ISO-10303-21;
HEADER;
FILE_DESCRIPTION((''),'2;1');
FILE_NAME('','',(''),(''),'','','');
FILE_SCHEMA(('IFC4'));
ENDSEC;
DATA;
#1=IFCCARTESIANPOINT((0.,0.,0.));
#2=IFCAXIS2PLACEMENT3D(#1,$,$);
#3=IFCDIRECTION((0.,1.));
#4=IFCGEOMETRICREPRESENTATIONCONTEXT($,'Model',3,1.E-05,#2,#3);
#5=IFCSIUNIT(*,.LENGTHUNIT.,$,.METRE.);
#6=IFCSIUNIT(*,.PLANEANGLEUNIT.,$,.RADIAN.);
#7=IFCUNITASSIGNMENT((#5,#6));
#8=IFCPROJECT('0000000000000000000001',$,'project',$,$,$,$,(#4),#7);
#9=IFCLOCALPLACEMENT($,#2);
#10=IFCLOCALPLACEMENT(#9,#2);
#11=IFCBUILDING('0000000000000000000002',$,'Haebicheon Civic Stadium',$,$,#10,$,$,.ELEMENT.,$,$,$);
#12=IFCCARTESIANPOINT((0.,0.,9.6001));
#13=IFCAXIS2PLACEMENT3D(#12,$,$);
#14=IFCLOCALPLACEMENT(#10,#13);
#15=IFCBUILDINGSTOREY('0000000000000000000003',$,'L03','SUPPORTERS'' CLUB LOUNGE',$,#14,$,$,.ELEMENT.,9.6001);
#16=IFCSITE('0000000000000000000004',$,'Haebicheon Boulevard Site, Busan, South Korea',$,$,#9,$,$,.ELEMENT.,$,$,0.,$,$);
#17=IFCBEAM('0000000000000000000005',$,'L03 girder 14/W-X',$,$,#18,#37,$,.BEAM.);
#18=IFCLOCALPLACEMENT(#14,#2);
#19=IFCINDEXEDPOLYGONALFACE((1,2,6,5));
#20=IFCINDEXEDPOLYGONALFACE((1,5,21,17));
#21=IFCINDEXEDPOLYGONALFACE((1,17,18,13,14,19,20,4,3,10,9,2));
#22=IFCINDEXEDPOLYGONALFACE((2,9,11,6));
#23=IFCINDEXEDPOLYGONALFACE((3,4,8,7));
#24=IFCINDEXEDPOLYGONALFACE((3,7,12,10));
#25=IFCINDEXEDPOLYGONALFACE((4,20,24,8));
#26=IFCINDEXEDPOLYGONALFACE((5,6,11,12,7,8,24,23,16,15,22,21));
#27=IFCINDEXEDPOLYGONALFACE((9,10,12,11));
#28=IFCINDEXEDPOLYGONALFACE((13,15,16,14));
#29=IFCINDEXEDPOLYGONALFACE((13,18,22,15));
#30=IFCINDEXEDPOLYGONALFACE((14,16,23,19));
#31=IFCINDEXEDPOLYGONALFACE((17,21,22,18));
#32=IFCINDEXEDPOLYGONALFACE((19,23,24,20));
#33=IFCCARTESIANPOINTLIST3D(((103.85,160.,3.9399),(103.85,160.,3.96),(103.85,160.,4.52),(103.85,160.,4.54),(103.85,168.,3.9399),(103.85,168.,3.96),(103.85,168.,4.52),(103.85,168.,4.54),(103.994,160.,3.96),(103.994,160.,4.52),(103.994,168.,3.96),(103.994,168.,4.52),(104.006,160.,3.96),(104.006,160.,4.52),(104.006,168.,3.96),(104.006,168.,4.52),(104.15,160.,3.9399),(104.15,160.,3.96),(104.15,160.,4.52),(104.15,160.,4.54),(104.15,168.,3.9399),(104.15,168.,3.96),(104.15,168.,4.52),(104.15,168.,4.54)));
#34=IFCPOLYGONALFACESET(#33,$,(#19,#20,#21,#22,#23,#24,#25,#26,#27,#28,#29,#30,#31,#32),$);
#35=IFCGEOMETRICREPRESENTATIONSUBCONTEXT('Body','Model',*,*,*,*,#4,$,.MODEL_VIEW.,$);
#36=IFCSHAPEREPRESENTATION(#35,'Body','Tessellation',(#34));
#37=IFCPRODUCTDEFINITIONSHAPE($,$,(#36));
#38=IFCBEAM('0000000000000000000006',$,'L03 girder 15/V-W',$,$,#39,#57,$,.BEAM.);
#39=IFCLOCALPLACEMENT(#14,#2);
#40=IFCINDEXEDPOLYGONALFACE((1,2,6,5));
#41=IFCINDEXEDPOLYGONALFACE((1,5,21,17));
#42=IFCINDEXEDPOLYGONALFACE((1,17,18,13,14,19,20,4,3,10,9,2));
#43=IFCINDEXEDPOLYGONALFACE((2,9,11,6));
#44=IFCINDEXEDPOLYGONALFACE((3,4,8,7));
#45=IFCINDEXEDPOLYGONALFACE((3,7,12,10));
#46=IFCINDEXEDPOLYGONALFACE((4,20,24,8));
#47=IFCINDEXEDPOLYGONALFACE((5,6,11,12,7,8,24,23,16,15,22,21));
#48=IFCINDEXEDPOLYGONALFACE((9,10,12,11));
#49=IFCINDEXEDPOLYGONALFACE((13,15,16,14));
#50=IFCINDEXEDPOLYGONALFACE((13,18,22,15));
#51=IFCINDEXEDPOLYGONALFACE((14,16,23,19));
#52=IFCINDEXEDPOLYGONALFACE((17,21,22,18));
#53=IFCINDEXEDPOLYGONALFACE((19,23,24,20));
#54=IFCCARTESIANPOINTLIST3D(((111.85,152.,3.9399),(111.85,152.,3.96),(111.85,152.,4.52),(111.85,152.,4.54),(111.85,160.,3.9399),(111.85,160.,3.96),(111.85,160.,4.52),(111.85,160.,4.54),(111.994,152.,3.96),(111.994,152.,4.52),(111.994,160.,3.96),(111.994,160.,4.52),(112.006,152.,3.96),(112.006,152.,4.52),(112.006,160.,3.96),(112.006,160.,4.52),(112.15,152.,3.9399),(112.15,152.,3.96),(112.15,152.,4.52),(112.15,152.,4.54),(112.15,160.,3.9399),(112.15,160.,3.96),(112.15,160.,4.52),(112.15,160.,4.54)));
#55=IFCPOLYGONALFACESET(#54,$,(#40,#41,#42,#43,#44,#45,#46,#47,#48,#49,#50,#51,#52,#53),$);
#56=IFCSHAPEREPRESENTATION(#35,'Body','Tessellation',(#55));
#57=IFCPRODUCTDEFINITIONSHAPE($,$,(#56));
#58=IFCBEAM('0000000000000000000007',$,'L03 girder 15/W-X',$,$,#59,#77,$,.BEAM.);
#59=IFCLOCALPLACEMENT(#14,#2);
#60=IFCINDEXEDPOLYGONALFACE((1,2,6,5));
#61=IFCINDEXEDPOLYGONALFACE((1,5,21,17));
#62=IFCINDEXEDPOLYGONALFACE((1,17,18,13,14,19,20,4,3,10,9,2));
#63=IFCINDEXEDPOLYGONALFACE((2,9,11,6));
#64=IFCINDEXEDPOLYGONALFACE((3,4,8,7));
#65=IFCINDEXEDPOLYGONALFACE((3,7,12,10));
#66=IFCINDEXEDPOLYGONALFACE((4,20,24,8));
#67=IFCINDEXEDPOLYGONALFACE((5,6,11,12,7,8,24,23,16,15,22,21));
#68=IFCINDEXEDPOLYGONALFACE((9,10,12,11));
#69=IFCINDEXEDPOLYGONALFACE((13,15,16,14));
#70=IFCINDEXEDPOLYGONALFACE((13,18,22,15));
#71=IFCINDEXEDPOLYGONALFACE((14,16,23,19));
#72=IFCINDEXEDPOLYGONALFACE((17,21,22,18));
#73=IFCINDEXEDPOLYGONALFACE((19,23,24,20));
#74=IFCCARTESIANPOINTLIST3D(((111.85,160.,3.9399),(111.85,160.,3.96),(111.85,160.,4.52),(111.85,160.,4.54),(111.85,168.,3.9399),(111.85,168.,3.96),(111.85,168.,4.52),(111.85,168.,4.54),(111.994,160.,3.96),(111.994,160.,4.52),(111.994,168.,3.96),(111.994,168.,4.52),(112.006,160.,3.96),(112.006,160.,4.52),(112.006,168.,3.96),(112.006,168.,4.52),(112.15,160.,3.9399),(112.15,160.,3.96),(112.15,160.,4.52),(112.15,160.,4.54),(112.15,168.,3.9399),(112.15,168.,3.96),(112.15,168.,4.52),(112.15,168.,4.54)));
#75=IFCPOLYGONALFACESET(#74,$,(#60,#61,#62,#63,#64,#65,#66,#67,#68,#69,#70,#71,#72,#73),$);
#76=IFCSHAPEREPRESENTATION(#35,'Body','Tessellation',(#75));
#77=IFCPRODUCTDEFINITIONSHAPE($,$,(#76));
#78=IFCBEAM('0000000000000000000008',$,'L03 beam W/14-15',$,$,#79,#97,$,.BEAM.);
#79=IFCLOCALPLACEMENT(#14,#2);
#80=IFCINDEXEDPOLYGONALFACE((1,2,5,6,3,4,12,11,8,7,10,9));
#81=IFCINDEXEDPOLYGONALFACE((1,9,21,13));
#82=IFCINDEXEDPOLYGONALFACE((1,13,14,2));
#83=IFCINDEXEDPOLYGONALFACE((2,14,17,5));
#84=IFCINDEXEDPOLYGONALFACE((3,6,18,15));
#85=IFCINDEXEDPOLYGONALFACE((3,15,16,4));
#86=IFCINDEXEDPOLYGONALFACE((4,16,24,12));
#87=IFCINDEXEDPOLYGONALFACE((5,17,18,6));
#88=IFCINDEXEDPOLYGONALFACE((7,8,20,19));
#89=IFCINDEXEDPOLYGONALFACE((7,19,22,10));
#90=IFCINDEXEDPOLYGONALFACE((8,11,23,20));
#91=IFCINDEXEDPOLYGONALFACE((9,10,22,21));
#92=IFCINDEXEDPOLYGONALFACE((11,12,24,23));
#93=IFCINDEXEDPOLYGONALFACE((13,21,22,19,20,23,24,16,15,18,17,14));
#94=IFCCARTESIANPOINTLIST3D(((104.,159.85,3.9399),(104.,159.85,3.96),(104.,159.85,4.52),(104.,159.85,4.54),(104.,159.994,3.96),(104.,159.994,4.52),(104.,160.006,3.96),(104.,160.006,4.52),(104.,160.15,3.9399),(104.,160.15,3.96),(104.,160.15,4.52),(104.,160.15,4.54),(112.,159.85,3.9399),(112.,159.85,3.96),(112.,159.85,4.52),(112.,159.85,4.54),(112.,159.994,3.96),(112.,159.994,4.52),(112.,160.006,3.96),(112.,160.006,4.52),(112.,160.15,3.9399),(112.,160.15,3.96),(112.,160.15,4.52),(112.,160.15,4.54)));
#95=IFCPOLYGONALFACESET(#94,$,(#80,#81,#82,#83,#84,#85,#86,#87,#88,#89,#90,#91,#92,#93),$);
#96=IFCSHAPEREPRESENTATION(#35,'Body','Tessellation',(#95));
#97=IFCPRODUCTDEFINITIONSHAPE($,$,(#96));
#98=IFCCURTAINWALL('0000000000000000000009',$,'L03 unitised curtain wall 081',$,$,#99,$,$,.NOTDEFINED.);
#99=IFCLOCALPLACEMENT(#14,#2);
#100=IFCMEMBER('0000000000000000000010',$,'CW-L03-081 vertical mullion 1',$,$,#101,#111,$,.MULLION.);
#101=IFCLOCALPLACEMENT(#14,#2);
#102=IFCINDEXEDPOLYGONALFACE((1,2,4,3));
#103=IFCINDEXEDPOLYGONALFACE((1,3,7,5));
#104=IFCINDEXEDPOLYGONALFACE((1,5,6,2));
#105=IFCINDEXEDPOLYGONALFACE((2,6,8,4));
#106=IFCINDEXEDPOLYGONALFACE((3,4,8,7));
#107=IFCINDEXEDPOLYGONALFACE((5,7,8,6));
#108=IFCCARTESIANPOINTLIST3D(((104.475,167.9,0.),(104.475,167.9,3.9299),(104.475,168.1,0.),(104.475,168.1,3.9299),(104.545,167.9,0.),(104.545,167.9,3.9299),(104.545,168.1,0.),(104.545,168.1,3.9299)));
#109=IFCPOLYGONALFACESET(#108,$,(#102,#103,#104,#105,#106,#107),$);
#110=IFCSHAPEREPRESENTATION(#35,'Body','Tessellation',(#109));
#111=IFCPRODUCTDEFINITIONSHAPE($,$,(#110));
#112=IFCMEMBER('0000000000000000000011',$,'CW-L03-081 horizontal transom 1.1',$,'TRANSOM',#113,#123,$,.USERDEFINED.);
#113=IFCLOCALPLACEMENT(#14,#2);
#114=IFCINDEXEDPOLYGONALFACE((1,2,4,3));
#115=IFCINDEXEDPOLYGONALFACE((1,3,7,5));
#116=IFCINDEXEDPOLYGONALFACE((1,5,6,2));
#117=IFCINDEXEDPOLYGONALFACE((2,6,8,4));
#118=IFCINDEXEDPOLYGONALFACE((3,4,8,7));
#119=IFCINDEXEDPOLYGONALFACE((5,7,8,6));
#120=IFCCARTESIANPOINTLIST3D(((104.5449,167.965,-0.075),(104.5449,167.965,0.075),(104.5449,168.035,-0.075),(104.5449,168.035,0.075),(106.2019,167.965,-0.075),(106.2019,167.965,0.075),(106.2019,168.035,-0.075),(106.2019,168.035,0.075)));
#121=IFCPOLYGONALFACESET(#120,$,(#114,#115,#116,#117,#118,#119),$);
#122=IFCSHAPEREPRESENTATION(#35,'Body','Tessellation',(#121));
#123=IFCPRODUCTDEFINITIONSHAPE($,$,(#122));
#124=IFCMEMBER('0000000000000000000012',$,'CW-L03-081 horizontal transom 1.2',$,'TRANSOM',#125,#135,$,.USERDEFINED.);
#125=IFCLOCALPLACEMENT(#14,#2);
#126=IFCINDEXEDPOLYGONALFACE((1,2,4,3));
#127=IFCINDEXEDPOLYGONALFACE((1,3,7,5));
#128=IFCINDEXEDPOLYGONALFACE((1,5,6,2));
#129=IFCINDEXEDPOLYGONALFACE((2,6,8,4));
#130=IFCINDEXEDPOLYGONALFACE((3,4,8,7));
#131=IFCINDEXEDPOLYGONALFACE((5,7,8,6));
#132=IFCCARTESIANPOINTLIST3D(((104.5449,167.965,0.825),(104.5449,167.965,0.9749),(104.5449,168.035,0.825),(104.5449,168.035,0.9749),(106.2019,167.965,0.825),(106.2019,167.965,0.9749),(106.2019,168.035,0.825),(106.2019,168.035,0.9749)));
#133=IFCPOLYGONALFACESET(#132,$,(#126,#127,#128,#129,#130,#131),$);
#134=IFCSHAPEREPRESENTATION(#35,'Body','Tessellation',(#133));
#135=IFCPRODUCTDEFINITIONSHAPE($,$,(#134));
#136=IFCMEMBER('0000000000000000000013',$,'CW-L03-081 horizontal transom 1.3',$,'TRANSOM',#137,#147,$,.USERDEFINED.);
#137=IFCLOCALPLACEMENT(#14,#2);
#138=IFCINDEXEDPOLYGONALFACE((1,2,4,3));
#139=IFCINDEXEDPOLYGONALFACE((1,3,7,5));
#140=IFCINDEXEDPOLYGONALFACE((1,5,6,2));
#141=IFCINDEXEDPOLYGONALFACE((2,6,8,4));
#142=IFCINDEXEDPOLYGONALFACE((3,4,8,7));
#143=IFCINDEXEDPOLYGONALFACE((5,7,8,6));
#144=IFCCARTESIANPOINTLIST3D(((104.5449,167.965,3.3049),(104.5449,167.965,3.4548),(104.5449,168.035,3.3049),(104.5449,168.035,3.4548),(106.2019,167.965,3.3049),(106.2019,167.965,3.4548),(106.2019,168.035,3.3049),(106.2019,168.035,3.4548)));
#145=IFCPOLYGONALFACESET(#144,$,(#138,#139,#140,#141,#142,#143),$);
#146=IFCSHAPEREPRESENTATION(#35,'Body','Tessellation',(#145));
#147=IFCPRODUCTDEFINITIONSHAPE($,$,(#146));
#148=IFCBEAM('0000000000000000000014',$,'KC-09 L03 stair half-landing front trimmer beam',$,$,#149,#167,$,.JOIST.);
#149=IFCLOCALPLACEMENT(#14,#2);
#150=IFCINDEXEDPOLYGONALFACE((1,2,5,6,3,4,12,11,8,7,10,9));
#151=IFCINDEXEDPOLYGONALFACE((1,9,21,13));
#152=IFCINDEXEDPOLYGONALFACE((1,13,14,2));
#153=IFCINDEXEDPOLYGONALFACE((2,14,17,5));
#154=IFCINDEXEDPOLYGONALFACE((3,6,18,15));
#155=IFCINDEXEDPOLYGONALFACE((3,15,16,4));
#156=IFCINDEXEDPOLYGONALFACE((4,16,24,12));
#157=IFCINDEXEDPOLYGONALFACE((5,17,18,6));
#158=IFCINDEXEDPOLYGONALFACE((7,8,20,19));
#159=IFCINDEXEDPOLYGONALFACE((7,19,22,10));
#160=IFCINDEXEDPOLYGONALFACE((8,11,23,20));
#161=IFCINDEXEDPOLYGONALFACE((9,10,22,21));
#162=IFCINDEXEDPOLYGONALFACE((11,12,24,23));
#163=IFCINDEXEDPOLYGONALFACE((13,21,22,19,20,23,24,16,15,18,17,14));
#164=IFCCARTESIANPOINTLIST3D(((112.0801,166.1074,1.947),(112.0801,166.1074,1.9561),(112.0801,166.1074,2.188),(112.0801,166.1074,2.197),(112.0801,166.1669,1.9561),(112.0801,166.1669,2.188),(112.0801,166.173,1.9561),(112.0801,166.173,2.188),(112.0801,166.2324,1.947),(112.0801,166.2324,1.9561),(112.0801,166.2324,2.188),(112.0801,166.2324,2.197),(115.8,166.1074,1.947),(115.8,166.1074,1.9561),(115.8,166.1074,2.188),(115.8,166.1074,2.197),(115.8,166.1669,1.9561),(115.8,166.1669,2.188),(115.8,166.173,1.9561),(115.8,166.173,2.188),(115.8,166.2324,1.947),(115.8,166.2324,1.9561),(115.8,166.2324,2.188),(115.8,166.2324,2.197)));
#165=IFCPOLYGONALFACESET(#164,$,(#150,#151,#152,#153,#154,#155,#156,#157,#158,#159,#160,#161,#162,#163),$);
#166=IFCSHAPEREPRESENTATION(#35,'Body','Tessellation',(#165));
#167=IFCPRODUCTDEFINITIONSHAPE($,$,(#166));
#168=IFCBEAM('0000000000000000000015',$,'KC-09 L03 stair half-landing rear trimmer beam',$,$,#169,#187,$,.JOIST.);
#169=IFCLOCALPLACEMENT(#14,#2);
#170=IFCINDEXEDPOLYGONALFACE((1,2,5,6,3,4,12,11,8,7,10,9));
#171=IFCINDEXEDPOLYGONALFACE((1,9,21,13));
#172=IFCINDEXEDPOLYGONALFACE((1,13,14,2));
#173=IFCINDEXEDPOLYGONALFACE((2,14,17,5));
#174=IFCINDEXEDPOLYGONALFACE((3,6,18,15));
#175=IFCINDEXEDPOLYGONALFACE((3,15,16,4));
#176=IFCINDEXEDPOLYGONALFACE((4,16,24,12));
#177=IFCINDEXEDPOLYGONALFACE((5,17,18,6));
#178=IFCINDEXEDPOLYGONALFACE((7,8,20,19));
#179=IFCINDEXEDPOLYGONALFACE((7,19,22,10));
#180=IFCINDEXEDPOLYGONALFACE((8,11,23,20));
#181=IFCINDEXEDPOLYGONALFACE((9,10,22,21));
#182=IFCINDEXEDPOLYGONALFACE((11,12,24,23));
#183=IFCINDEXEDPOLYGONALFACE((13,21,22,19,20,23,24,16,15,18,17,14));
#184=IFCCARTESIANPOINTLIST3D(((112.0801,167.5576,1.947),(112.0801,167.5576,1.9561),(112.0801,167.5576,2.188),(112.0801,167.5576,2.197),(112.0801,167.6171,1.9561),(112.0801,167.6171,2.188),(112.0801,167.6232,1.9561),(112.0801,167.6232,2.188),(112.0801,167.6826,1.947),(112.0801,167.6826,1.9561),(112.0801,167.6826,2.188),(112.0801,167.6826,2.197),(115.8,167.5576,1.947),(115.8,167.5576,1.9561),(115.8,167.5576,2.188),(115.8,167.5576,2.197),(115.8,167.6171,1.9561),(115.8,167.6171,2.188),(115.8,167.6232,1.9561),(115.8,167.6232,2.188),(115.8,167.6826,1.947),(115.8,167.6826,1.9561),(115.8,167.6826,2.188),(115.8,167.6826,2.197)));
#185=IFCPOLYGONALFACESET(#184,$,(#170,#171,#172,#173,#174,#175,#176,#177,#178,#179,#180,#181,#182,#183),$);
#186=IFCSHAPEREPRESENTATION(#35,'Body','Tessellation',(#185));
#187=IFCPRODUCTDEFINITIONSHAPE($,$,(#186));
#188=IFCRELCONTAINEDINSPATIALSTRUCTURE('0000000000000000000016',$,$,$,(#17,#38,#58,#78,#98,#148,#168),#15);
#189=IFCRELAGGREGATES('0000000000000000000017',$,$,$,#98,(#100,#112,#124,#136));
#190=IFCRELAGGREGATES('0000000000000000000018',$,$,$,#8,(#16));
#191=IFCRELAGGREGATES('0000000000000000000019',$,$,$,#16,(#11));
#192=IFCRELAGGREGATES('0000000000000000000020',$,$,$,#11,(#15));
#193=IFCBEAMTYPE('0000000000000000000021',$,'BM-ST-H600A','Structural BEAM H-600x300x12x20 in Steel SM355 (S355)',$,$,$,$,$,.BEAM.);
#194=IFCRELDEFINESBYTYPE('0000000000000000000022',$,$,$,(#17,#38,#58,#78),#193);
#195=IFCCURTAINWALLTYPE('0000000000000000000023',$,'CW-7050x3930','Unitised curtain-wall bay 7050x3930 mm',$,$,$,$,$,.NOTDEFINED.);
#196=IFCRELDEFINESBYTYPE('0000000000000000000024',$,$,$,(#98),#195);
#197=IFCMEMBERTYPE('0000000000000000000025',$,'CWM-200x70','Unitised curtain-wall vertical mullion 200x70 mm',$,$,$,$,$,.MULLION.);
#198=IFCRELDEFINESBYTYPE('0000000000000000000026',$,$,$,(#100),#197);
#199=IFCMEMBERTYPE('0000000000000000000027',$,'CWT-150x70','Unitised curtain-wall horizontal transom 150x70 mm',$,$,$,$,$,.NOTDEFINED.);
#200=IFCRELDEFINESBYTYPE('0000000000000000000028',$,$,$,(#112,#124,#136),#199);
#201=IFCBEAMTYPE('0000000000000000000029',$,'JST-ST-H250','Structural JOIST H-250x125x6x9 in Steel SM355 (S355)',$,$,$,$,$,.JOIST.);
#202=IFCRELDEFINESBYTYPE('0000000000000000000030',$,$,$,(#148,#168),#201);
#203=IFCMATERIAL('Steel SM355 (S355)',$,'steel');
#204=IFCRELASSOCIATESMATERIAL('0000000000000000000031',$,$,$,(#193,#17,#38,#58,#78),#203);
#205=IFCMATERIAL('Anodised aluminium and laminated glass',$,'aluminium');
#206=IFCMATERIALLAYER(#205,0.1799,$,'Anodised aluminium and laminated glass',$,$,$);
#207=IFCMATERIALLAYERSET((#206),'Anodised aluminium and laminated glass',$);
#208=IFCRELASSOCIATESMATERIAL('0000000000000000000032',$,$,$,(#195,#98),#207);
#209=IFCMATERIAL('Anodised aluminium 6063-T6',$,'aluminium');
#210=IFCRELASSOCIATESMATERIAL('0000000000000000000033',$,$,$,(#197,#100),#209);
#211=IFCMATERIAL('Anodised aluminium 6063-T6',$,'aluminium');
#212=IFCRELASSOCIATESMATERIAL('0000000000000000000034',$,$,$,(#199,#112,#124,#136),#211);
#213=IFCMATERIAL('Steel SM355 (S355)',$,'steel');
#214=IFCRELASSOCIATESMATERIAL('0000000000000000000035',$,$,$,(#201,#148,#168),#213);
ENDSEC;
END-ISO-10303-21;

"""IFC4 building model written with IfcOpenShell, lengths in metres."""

from ifc_helpers import new_model, si_unit, direction, frame, origin, origin_2d, place, context, subcontext, project, spatial, rectangle, i_section, extrude, material, layer, layer_set, material_profile, profile_set, type_object, element, aggregate, save


model = new_model("IFC4")

# Units and contexts
model_context = context("Model", 3, precision=1e-05, world=origin(), true_north=direction((0.0, 1.0)))
body_context = subcontext(model_context, "Body", "Model", "MODEL_VIEW")
ifc_project = project(units=[si_unit("LENGTHUNIT", "METRE"), si_unit("PLANEANGLEUNIT", "RADIAN")], contexts=[model_context])

# Site, building, storey
site_placement = place(None, origin())
site = spatial("IfcSite", under=ifc_project, at=site_placement, Name="Haebicheon Boulevard Site, Busan, South Korea", CompositionType="ELEMENT", RefElevation=0.0)
building_placement = place(site_placement, origin())
building = spatial("IfcBuilding", under=site, at=building_placement, Name="Haebicheon Civic Stadium", CompositionType="ELEMENT")
storey_placement = place(building_placement, frame((0.0, 0.0, 9.6001)))
storey = spatial("IfcBuildingStorey", under=building, at=storey_placement, Name="L03", Description="SUPPORTERS' CLUB LOUNGE", CompositionType="ELEMENT", Elevation=9.6001)

# Beams
ifc_material_1 = material(Name="Steel SM355 (S355)", Category="steel")
ifc_material_profile_1 = material_profile(ifc_material_1, i_section(OverallWidth=0.3, OverallDepth=0.6001, WebThickness=0.012, FlangeThickness=0.02, at=origin_2d()), Name="H-600x300x12x20")
ifc_profile_set_1 = profile_set([ifc_material_profile_1], Name="Steel SM355 (S355)")
beam_type_1 = type_object("IfcBeamType", Name="BM-ST-H600A", Description="Structural BEAM H-600x300x12x20 in Steel SM355 (S355)", PredefinedType="BEAM", material=ifc_profile_set_1)
for number, where, z_axis, x_axis, name in (
    (1, (104.0, 160.0, 4.24), (0.0, 1.0, 0.0), (-1.0, 0.0, 0.0), "L03 girder 14/W-X"),
    (2, (112.0, 152.0, 4.24), (0.0, 1.0, 0.0), (-1.0, 0.0, 0.0), "L03 girder 15/V-W"),
    (3, (112.0, 160.0, 4.24), (0.0, 1.0, 0.0), (-1.0, 0.0, 0.0), "L03 girder 15/W-X"),
    (4, (104.0, 160.0, 4.24), (1.0, 0.0, 0.0), (0.0, 1.0, 0.0), "L03 beam W/14-15"),
):
    element("IfcBeam", number, at=place(storey_placement, frame(where, z_axis=z_axis, x_axis=x_axis)), inside=storey, type_object=beam_type_1, material=ifc_profile_set_1, Name=name, PredefinedType="BEAM", context=body_context, shape_type="SweptSolid", body=[
        extrude(i_section(OverallWidth=0.3, OverallDepth=0.6001, WebThickness=0.012, FlangeThickness=0.02, at=origin_2d()), origin(), (0.0, 0.0, 1.0), 8.0),
    ])

# Curtain wall, members
ifc_material_2 = material(Name="Anodised aluminium and laminated glass", Category="aluminium")
ifc_layer_1 = layer(ifc_material_2, 0.1799, Name="Anodised aluminium and laminated glass")
ifc_layer_set_1 = layer_set([ifc_layer_1], Name="Anodised aluminium and laminated glass")
curtain_wall_type = type_object("IfcCurtainWallType", Name="CW-7050x3930", Description="Unitised curtain-wall bay 7050x3930 mm", PredefinedType="NOTDEFINED", material=ifc_layer_set_1)
curtain_wall_placement = place(storey_placement, origin())
curtain_wall = element("IfcCurtainWall", 5, at=curtain_wall_placement, inside=storey, type_object=curtain_wall_type, material=ifc_layer_set_1, Name="L03 unitised curtain wall 081", PredefinedType="NOTDEFINED")
ifc_material_3 = material(Name="Anodised aluminium 6063-T6", Category="aluminium")
ifc_material_profile_2 = material_profile(ifc_material_3, rectangle(XDim=0.0701, YDim=0.2, at=origin_2d()), Name="ALU-MULL-70x200")
ifc_profile_set_2 = profile_set([ifc_material_profile_2], Name="Anodised aluminium 6063-T6")
member_type_1 = type_object("IfcMemberType", Name="CWM-200x70", Description="Unitised curtain-wall vertical mullion 200x70 mm", PredefinedType="MULLION", material=ifc_profile_set_2)
member_1_placement = place(storey_placement, frame((104.51, 168.0, 0.0), z_axis=(0.0, 0.0, 1.0), x_axis=(1.0, 0.0, 0.0)))
member_1 = element("IfcMember", 6, at=member_1_placement, type_object=member_type_1, material=ifc_profile_set_2, Name="CW-L03-081 vertical mullion 1", PredefinedType="MULLION", context=body_context, shape_type="SweptSolid", body=[
    extrude(rectangle(XDim=0.0701, YDim=0.2, at=origin_2d()), origin(), (0.0, 0.0, 1.0), 3.9299),
])
ifc_material_4 = material(Name="Anodised aluminium 6063-T6", Category="aluminium")
ifc_material_profile_3 = material_profile(ifc_material_4, rectangle(XDim=0.0701, YDim=0.1499, at=origin_2d()), Name="ALU-TRAN-70x150")
ifc_profile_set_3 = profile_set([ifc_material_profile_3], Name="Anodised aluminium 6063-T6")
member_type_2 = type_object("IfcMemberType", Name="CWT-150x70", Description="Unitised curtain-wall horizontal transom 150x70 mm", PredefinedType="NOTDEFINED", material=ifc_profile_set_3)
member_2_placement = place(storey_placement, frame((104.5449, 168.0, 0.0), z_axis=(1.0, 0.0, 0.0), x_axis=(0.0, 1.0, 0.0)))
member_2 = element("IfcMember", 7, at=member_2_placement, type_object=member_type_2, material=ifc_profile_set_3, Name="CW-L03-081 horizontal transom 1.1", ObjectType="TRANSOM", PredefinedType="USERDEFINED", context=body_context, shape_type="SweptSolid", body=[
    extrude(rectangle(XDim=0.0701, YDim=0.1499, at=origin_2d()), origin(), (0.0, 0.0, 1.0), 1.657),
])
member_3_placement = place(storey_placement, frame((104.5449, 168.0, 0.8999), z_axis=(1.0, 0.0, 0.0), x_axis=(0.0, 1.0, 0.0)))
member_3 = element("IfcMember", 8, at=member_3_placement, type_object=member_type_2, material=ifc_profile_set_3, Name="CW-L03-081 horizontal transom 1.2", ObjectType="TRANSOM", PredefinedType="USERDEFINED", context=body_context, shape_type="SweptSolid", body=[
    extrude(rectangle(XDim=0.0701, YDim=0.1499, at=origin_2d()), origin(), (0.0, 0.0, 1.0), 1.657),
])
member_4_placement = place(storey_placement, frame((104.5449, 168.0, 3.3799), z_axis=(1.0, 0.0, 0.0), x_axis=(0.0, 1.0, 0.0)))
member_4 = element("IfcMember", 9, at=member_4_placement, type_object=member_type_2, material=ifc_profile_set_3, Name="CW-L03-081 horizontal transom 1.3", ObjectType="TRANSOM", PredefinedType="USERDEFINED", context=body_context, shape_type="SweptSolid", body=[
    extrude(rectangle(XDim=0.0701, YDim=0.1499, at=origin_2d()), origin(), (0.0, 0.0, 1.0), 1.657),
])
aggregate(curtain_wall, [member_1, member_2, member_3, member_4])

# Beams
ifc_material_5 = material(Name="Steel SM355 (S355)", Category="steel")
ifc_material_profile_4 = material_profile(ifc_material_5, i_section(OverallWidth=0.125, OverallDepth=0.25, WebThickness=0.0061, FlangeThickness=0.009, at=origin_2d()), Name="H-250x125x6x9")
ifc_profile_set_4 = profile_set([ifc_material_profile_4], Name="Steel SM355 (S355)")
beam_type_2 = type_object("IfcBeamType", Name="JST-ST-H250", Description="Structural JOIST H-250x125x6x9 in Steel SM355 (S355)", PredefinedType="JOIST", material=ifc_profile_set_4)
for number, where, z_axis, x_axis, name in (
    (10, (112.0801, 166.1699, 2.072), (1.0, 0.0, 0.0), (0.0, 1.0, 0.0), "KC-09 L03 stair half-landing front trimmer beam"),
    (11, (112.0801, 167.6201, 2.072), (1.0, 0.0, 0.0), (0.0, 1.0, 0.0), "KC-09 L03 stair half-landing rear trimmer beam"),
):
    element("IfcBeam", number, at=place(storey_placement, frame(where, z_axis=z_axis, x_axis=x_axis)), inside=storey, type_object=beam_type_2, material=ifc_profile_set_4, Name=name, PredefinedType="JOIST", context=body_context, shape_type="SweptSolid", body=[
        extrude(i_section(OverallWidth=0.125, OverallDepth=0.25, WebThickness=0.0061, FlangeThickness=0.009, at=origin_2d()), origin(), (0.0, 0.0, 1.0), 3.72),
    ])

save(model, "model.ifc")
